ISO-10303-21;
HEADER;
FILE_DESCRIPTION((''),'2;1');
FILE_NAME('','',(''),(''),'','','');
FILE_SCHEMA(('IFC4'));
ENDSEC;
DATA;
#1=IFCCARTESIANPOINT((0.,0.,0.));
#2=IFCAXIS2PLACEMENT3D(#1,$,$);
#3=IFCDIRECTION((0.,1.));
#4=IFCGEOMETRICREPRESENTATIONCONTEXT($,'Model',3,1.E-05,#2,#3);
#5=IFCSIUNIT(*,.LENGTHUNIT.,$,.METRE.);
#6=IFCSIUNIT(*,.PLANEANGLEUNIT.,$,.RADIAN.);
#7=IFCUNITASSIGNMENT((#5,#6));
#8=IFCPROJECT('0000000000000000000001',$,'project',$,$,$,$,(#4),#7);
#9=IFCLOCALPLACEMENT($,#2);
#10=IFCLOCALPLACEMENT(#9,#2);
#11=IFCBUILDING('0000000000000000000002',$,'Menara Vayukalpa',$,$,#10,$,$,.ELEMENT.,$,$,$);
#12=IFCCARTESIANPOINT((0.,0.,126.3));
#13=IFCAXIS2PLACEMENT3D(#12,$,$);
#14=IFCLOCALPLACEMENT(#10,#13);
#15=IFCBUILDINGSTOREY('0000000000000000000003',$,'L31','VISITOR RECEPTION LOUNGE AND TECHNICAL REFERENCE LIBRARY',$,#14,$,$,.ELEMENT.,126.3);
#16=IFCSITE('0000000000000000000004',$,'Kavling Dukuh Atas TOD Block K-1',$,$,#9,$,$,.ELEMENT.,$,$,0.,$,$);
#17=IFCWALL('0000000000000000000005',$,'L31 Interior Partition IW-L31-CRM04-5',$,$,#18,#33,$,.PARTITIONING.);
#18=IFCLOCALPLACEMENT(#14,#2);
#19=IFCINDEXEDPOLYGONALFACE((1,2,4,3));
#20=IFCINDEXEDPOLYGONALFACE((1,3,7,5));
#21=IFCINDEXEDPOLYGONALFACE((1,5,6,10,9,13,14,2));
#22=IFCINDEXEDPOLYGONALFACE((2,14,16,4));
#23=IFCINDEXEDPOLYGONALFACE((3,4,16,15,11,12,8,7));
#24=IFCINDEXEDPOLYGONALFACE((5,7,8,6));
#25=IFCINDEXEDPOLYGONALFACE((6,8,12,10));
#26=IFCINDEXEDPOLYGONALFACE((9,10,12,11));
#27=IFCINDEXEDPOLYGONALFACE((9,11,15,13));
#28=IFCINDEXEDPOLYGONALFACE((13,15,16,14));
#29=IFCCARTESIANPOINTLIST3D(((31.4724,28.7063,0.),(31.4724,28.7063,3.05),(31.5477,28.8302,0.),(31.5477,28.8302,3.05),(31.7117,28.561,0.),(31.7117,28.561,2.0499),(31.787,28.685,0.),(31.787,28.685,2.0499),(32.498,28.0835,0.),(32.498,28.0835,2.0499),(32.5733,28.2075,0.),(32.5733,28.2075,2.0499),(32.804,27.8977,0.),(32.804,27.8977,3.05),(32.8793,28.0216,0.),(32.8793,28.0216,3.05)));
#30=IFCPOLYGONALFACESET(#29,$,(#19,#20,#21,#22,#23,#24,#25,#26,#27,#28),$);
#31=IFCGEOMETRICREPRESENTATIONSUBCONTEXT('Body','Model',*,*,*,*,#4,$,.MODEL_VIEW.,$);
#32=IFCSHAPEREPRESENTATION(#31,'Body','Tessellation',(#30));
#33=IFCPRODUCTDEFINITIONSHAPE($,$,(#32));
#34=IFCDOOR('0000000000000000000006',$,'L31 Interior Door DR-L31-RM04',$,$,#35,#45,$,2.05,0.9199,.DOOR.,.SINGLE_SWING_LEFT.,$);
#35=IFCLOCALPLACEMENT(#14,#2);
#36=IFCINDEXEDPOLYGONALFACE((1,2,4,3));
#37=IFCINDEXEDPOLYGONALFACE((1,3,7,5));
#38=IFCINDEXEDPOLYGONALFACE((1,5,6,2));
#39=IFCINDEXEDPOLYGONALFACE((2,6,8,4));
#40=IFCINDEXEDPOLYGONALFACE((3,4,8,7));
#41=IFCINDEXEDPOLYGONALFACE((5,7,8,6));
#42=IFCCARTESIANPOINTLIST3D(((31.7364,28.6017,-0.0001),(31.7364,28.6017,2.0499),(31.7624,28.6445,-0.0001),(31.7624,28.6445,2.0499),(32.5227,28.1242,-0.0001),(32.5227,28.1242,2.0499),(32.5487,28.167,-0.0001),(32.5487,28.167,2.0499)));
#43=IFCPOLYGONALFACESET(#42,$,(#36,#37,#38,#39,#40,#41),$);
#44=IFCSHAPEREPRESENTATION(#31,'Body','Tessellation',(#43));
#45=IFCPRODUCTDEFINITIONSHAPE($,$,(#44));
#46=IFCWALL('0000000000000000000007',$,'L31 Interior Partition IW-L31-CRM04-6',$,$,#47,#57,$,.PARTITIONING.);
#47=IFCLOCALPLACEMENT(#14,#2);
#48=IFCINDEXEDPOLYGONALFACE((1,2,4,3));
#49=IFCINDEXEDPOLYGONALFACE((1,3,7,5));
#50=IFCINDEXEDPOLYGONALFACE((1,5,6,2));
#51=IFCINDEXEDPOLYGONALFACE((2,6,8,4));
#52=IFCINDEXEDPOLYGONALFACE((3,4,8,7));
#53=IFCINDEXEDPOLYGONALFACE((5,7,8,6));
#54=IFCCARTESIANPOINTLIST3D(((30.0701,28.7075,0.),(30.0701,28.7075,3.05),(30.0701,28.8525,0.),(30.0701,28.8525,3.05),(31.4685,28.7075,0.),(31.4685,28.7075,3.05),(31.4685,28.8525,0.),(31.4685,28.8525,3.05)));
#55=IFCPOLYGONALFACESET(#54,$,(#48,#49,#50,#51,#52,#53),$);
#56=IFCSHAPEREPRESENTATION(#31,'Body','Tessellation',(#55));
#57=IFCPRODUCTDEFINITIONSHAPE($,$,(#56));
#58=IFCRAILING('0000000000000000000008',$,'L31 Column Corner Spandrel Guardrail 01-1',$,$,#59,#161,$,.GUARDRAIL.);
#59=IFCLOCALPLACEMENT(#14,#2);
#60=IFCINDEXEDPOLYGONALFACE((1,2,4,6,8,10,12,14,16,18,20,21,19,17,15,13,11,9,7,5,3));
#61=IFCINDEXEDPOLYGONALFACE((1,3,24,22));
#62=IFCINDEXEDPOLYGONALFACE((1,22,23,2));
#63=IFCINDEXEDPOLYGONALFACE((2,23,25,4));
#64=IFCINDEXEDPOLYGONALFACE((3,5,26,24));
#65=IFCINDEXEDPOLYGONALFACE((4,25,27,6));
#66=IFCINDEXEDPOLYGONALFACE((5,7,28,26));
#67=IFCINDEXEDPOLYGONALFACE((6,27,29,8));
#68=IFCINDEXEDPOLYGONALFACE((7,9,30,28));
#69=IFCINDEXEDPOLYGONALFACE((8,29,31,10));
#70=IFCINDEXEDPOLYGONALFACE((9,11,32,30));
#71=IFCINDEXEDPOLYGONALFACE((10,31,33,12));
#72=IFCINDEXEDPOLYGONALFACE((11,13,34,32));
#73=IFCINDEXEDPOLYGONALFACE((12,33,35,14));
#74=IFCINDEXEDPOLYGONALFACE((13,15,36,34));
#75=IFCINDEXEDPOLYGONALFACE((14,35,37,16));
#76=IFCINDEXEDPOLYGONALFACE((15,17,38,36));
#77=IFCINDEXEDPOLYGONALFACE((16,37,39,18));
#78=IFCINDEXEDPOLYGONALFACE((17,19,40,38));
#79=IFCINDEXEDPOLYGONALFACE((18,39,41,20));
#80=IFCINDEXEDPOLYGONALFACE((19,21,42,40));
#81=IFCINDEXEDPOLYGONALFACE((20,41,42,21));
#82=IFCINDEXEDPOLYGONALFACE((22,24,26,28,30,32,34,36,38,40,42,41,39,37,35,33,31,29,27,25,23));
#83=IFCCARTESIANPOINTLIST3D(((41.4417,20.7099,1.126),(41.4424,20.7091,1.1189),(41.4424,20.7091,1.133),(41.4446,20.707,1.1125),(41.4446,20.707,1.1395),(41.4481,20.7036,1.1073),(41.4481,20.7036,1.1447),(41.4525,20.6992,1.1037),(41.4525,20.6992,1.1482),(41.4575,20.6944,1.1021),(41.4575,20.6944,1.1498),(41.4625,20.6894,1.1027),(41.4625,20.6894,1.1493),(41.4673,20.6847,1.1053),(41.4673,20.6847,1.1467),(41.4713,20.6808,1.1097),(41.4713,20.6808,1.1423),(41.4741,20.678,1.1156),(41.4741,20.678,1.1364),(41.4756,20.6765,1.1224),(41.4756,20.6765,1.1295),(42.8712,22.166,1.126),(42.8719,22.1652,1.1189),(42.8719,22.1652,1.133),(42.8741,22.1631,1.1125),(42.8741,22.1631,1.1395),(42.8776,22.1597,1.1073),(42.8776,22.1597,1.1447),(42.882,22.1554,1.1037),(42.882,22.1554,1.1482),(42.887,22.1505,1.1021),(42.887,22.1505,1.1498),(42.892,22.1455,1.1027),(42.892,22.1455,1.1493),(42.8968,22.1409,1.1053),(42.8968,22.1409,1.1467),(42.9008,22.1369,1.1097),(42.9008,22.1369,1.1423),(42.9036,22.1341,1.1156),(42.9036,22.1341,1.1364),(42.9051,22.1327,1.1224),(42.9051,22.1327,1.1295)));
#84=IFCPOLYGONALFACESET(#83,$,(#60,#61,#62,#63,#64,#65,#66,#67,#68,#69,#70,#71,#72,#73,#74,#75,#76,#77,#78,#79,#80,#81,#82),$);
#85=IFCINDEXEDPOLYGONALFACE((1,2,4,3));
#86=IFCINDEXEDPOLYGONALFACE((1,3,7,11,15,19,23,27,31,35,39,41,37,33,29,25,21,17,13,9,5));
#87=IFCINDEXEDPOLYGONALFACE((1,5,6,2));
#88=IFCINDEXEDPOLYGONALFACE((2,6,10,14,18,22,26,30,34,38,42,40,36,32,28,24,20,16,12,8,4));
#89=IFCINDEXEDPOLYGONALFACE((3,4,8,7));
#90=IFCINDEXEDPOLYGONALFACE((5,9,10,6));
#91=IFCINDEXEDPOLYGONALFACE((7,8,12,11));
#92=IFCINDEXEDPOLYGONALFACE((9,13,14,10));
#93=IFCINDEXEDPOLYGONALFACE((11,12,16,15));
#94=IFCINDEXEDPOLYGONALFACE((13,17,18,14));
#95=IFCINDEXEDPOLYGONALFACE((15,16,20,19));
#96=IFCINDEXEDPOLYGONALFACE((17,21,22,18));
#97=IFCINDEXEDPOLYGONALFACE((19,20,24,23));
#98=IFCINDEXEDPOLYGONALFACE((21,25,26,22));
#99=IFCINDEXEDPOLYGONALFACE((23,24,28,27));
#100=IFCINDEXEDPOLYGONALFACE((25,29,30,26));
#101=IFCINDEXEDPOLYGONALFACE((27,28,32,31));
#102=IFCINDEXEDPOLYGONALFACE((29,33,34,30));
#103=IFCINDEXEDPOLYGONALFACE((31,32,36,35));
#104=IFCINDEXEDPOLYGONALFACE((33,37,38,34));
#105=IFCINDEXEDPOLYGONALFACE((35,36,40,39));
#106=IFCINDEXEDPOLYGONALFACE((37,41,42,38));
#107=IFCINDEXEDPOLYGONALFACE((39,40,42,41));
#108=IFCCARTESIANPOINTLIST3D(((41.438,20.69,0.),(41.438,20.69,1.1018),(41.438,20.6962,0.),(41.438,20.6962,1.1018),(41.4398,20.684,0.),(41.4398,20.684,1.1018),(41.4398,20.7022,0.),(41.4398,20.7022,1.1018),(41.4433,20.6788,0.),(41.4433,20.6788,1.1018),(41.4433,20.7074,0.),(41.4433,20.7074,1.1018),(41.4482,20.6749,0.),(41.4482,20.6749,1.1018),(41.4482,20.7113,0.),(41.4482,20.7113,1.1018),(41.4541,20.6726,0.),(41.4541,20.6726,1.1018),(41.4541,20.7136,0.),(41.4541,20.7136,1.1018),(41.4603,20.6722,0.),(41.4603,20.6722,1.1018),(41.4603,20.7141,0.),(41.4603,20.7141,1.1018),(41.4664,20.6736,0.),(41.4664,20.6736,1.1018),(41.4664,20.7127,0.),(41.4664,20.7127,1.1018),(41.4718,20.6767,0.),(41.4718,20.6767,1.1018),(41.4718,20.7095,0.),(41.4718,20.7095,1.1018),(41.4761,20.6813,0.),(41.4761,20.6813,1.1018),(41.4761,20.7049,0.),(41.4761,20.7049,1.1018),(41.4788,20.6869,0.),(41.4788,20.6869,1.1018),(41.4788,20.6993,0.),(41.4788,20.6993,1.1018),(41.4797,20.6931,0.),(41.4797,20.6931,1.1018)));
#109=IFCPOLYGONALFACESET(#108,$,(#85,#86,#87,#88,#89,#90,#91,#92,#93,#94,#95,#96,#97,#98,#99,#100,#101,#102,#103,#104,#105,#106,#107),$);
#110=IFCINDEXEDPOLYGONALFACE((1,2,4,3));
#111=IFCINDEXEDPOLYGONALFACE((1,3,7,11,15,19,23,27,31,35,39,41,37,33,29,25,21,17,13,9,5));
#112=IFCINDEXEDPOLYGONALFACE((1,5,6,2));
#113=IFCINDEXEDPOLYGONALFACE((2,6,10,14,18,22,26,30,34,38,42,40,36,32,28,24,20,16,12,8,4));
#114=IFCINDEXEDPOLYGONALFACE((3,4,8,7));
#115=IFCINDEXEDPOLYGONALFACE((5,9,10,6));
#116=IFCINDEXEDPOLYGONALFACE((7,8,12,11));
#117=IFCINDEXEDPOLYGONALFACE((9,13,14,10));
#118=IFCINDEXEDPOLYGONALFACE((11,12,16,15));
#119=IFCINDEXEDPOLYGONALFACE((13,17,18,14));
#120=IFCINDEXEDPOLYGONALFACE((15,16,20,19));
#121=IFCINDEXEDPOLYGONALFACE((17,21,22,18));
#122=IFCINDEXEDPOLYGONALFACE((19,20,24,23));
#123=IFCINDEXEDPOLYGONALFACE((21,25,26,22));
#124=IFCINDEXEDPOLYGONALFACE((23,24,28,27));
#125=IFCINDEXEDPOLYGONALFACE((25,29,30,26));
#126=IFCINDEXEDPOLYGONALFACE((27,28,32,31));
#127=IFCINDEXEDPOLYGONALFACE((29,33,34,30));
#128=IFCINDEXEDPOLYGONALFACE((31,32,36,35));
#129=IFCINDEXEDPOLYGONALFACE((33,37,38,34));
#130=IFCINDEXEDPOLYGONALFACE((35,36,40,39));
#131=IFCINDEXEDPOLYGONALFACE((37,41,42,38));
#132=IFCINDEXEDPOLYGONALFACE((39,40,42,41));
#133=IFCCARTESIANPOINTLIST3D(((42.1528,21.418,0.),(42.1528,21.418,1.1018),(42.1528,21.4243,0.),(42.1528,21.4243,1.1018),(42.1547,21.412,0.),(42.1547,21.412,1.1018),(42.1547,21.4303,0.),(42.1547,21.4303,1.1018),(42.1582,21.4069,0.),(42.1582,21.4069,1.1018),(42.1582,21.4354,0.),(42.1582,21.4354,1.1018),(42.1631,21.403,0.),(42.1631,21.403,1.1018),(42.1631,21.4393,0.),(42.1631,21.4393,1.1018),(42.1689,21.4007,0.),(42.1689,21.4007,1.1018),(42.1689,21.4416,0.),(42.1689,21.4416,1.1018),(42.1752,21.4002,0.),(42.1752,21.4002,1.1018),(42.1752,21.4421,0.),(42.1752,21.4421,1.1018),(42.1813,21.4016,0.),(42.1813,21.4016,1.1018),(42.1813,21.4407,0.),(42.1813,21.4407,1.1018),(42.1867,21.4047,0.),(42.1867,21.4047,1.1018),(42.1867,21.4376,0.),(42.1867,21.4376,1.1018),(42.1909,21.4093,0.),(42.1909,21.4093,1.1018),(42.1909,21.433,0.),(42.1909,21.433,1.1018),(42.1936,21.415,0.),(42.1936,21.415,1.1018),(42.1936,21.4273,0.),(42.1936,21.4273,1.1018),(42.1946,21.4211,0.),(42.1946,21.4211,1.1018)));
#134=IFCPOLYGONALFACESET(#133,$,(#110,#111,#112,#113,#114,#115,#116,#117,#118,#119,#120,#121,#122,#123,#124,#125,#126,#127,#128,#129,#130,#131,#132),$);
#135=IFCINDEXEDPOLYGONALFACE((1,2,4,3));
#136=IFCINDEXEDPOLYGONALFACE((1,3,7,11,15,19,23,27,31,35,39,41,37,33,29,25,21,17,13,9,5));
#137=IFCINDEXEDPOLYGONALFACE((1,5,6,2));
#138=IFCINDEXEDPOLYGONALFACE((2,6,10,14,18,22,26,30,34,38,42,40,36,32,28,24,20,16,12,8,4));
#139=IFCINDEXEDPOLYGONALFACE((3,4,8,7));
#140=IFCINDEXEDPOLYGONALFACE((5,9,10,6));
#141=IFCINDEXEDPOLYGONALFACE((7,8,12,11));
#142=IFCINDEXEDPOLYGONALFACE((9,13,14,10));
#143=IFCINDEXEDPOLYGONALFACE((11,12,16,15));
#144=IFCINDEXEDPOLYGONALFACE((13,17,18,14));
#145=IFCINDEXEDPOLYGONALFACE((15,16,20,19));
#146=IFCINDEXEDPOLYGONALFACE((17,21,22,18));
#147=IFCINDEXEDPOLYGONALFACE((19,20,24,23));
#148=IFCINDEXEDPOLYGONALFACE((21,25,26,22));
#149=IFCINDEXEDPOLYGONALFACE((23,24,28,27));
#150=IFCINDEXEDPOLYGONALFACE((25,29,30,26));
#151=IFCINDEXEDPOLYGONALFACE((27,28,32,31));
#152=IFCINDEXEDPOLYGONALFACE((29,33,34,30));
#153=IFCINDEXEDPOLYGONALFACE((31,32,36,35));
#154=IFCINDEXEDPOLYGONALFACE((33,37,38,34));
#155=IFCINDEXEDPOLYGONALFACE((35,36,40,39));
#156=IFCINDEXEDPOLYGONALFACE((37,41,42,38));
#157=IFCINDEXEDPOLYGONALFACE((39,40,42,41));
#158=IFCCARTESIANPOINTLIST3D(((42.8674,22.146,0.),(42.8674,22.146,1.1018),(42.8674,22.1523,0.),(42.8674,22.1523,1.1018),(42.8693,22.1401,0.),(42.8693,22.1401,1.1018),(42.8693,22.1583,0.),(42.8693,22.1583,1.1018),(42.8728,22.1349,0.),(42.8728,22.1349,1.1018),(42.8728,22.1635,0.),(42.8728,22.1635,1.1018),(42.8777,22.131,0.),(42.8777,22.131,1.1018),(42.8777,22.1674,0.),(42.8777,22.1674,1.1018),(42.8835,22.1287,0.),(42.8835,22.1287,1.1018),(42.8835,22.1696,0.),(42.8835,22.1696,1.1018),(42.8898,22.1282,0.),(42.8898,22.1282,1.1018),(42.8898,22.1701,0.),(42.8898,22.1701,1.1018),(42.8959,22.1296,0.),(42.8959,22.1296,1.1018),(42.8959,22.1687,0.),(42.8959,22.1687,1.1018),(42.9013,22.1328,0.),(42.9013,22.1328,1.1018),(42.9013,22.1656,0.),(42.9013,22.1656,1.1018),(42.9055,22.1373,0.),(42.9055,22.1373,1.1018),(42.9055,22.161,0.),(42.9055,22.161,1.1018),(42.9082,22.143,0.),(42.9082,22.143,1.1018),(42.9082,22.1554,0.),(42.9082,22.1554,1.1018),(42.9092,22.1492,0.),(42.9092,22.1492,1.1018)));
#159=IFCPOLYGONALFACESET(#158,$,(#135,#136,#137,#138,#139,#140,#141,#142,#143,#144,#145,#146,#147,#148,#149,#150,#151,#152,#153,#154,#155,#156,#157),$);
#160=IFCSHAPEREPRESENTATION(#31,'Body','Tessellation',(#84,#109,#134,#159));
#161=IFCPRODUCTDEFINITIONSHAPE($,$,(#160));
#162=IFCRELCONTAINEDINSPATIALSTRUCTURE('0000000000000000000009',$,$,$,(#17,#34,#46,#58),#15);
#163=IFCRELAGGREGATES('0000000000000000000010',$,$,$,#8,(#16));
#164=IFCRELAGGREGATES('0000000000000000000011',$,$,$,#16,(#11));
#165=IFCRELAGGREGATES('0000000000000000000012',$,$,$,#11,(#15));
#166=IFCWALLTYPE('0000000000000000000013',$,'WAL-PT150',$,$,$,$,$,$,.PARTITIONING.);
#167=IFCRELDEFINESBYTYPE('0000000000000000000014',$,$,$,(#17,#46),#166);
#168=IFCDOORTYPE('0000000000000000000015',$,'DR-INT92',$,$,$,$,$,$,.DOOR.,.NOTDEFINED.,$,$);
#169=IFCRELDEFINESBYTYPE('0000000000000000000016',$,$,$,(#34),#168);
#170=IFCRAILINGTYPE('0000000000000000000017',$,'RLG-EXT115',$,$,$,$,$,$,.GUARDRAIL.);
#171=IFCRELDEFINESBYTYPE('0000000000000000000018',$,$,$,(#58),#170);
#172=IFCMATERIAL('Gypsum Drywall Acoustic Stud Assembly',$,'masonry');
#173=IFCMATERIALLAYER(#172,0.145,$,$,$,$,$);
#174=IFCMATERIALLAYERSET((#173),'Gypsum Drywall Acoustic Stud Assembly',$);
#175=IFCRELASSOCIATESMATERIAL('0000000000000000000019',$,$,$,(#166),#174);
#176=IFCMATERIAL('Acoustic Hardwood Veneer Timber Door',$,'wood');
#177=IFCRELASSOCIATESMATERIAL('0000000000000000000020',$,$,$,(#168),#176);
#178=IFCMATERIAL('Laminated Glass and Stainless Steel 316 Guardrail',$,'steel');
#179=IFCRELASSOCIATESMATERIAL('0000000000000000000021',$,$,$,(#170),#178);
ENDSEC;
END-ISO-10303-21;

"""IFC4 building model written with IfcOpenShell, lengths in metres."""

from ifc_helpers import new_model, si_unit, direction, frame, frame_2d, origin, origin_2d, place, context, subcontext, project, spatial, rectangle, circle, extrude, material, layer, layer_set, type_object, element, fill, save


model = new_model("IFC4")

# Units and contexts
model_context = context("Model", 3, precision=1e-05, world=origin(), true_north=direction((0.0, 1.0)))
body_context = subcontext(model_context, "Body", "Model", "MODEL_VIEW")
ifc_project = project(units=[si_unit("LENGTHUNIT", "METRE"), si_unit("PLANEANGLEUNIT", "RADIAN")], contexts=[model_context])

# Site, building, storey
site_placement = place(None, origin())
site = spatial("IfcSite", under=ifc_project, at=site_placement, Name="Kavling Dukuh Atas TOD Block K-1", CompositionType="ELEMENT", RefElevation=0.0)
building_placement = place(site_placement, origin())
building = spatial("IfcBuilding", under=site, at=building_placement, Name="Menara Vayukalpa", CompositionType="ELEMENT")
storey_placement = place(building_placement, frame((0.0, 0.0, 126.3)))
storey = spatial("IfcBuildingStorey", under=building, at=storey_placement, Name="L31", Description="VISITOR RECEPTION LOUNGE AND TECHNICAL REFERENCE LIBRARY", CompositionType="ELEMENT", Elevation=126.3)

# Shared definitions
ifc_material_1 = material(Name="Gypsum Drywall Acoustic Stud Assembly", Category="masonry")
ifc_layer_1 = layer(ifc_material_1, 0.145)
ifc_layer_set_1 = layer_set([ifc_layer_1], Name="Gypsum Drywall Acoustic Stud Assembly")
wall_type_1 = type_object("IfcWallType", Name="WAL-PT150", PredefinedType="PARTITIONING", material=ifc_layer_set_1)

# Wall, opening, door
wall_1_placement = place(storey_placement, frame((32.8416, 27.9597, 0.0), z_axis=(0.0, 0.0, 1.0), x_axis=(-0.854743, 0.519052, 0.0)))
wall_1 = element("IfcWall", 1, at=wall_1_placement, inside=storey, type_object=wall_type_1, Name="L31 Interior Partition IW-L31-CRM04-5", PredefinedType="PARTITIONING", context=body_context, shape_type="SweptSolid", body=[
    extrude(rectangle(XDim=1.5579, YDim=0.145, at=frame_2d((0.7788, 0.0))), origin(), (0.0, 0.0, 1.0), 3.05),
])
opening_placement = place(wall_1_placement, frame((0.3579, 0.0, 0.0)))
opening = element("IfcOpeningElement", 2, at=opening_placement, cuts=wall_1, PredefinedType="OPENING", context=body_context, shape_type="SweptSolid", body=[
    extrude(rectangle(XDim=0.9199, YDim=2.05, at=frame_2d((0.46, 1.0249))), frame((0.0, 0.0825, 0.0), z_axis=(0.0, -1.0, 0.0), x_axis=(1.0, 0.0, 0.0)), (0.0, 0.0, 1.0), 0.165),
])
ifc_material_2 = material(Name="Acoustic Hardwood Veneer Timber Door", Category="wood")
door_type = type_object("IfcDoorType", Name="DR-INT92", OperationType="NOTDEFINED", PredefinedType="DOOR", material=ifc_material_2)
door_placement = place(opening_placement, origin())
door = element("IfcDoor", 3, at=door_placement, inside=storey, type_object=door_type, Name="L31 Interior Door DR-L31-RM04", OperationType="SINGLE_SWING_LEFT", OverallHeight=2.05, OverallWidth=0.9199, PredefinedType="DOOR", context=body_context, shape_type="SweptSolid", body=[
    extrude(rectangle(XDim=0.9199, YDim=2.05, at=frame_2d((0.46, 1.0249))), frame((0.0, 0.0249, 0.0), z_axis=(0.0, -1.0, 0.0), x_axis=(1.0, 0.0, 0.0)), (0.0, 0.0, 1.0), 0.05),
])
fill(opening, door)

# Wall
wall_2_placement = place(storey_placement, frame((31.4685, 28.78, 0.0), z_axis=(0.0, 0.0, 1.0), x_axis=(-1.0, 0.0, 0.0)))
element("IfcWall", 4, at=wall_2_placement, inside=storey, type_object=wall_type_1, Name="L31 Interior Partition IW-L31-CRM04-6", PredefinedType="PARTITIONING", context=body_context, shape_type="SweptSolid", body=[
    extrude(rectangle(XDim=1.3984, YDim=0.145, at=frame_2d((0.6992, 0.0))), origin(), (0.0, 0.0, 1.0), 3.05),
])

# Railing
ifc_material_3 = material(Name="Laminated Glass and Stainless Steel 316 Guardrail", Category="steel")
railing_type_1 = type_object("IfcRailingType", Name="RLG-EXT115", PredefinedType="GUARDRAIL", material=ifc_material_3)
railing_1_placement = place(storey_placement, frame((41.4587, 20.6931, 0.0)))
element("IfcRailing", 5, at=railing_1_placement, inside=storey, type_object=railing_type_1, Name="L31 Column Corner Spandrel Guardrail 01-1", PredefinedType="GUARDRAIL", context=body_context, shape_type="SweptSolid", body=[
    extrude(circle(Radius=0.0239, at=origin_2d()), frame((0.0, 0.0, 1.126), z_axis=(0.700556, 0.713598, 0.0), x_axis=(-0.713598, 0.700556, 0.0)), (0.0, 0.0, 1.0), 2.0405),
    extrude(circle(Radius=0.021, at=origin_2d()), origin(), (0.0, 0.0, 1.0), 1.1018),
    extrude(circle(Radius=0.021, at=origin_2d()), frame((0.7148, 0.728, 0.0)), (0.0, 0.0, 1.0), 1.1018),
    extrude(circle(Radius=0.021, at=origin_2d()), frame((1.4294, 1.4561, 0.0)), (0.0, 0.0, 1.0), 1.1018),
])

save(model, "model.ifc")
